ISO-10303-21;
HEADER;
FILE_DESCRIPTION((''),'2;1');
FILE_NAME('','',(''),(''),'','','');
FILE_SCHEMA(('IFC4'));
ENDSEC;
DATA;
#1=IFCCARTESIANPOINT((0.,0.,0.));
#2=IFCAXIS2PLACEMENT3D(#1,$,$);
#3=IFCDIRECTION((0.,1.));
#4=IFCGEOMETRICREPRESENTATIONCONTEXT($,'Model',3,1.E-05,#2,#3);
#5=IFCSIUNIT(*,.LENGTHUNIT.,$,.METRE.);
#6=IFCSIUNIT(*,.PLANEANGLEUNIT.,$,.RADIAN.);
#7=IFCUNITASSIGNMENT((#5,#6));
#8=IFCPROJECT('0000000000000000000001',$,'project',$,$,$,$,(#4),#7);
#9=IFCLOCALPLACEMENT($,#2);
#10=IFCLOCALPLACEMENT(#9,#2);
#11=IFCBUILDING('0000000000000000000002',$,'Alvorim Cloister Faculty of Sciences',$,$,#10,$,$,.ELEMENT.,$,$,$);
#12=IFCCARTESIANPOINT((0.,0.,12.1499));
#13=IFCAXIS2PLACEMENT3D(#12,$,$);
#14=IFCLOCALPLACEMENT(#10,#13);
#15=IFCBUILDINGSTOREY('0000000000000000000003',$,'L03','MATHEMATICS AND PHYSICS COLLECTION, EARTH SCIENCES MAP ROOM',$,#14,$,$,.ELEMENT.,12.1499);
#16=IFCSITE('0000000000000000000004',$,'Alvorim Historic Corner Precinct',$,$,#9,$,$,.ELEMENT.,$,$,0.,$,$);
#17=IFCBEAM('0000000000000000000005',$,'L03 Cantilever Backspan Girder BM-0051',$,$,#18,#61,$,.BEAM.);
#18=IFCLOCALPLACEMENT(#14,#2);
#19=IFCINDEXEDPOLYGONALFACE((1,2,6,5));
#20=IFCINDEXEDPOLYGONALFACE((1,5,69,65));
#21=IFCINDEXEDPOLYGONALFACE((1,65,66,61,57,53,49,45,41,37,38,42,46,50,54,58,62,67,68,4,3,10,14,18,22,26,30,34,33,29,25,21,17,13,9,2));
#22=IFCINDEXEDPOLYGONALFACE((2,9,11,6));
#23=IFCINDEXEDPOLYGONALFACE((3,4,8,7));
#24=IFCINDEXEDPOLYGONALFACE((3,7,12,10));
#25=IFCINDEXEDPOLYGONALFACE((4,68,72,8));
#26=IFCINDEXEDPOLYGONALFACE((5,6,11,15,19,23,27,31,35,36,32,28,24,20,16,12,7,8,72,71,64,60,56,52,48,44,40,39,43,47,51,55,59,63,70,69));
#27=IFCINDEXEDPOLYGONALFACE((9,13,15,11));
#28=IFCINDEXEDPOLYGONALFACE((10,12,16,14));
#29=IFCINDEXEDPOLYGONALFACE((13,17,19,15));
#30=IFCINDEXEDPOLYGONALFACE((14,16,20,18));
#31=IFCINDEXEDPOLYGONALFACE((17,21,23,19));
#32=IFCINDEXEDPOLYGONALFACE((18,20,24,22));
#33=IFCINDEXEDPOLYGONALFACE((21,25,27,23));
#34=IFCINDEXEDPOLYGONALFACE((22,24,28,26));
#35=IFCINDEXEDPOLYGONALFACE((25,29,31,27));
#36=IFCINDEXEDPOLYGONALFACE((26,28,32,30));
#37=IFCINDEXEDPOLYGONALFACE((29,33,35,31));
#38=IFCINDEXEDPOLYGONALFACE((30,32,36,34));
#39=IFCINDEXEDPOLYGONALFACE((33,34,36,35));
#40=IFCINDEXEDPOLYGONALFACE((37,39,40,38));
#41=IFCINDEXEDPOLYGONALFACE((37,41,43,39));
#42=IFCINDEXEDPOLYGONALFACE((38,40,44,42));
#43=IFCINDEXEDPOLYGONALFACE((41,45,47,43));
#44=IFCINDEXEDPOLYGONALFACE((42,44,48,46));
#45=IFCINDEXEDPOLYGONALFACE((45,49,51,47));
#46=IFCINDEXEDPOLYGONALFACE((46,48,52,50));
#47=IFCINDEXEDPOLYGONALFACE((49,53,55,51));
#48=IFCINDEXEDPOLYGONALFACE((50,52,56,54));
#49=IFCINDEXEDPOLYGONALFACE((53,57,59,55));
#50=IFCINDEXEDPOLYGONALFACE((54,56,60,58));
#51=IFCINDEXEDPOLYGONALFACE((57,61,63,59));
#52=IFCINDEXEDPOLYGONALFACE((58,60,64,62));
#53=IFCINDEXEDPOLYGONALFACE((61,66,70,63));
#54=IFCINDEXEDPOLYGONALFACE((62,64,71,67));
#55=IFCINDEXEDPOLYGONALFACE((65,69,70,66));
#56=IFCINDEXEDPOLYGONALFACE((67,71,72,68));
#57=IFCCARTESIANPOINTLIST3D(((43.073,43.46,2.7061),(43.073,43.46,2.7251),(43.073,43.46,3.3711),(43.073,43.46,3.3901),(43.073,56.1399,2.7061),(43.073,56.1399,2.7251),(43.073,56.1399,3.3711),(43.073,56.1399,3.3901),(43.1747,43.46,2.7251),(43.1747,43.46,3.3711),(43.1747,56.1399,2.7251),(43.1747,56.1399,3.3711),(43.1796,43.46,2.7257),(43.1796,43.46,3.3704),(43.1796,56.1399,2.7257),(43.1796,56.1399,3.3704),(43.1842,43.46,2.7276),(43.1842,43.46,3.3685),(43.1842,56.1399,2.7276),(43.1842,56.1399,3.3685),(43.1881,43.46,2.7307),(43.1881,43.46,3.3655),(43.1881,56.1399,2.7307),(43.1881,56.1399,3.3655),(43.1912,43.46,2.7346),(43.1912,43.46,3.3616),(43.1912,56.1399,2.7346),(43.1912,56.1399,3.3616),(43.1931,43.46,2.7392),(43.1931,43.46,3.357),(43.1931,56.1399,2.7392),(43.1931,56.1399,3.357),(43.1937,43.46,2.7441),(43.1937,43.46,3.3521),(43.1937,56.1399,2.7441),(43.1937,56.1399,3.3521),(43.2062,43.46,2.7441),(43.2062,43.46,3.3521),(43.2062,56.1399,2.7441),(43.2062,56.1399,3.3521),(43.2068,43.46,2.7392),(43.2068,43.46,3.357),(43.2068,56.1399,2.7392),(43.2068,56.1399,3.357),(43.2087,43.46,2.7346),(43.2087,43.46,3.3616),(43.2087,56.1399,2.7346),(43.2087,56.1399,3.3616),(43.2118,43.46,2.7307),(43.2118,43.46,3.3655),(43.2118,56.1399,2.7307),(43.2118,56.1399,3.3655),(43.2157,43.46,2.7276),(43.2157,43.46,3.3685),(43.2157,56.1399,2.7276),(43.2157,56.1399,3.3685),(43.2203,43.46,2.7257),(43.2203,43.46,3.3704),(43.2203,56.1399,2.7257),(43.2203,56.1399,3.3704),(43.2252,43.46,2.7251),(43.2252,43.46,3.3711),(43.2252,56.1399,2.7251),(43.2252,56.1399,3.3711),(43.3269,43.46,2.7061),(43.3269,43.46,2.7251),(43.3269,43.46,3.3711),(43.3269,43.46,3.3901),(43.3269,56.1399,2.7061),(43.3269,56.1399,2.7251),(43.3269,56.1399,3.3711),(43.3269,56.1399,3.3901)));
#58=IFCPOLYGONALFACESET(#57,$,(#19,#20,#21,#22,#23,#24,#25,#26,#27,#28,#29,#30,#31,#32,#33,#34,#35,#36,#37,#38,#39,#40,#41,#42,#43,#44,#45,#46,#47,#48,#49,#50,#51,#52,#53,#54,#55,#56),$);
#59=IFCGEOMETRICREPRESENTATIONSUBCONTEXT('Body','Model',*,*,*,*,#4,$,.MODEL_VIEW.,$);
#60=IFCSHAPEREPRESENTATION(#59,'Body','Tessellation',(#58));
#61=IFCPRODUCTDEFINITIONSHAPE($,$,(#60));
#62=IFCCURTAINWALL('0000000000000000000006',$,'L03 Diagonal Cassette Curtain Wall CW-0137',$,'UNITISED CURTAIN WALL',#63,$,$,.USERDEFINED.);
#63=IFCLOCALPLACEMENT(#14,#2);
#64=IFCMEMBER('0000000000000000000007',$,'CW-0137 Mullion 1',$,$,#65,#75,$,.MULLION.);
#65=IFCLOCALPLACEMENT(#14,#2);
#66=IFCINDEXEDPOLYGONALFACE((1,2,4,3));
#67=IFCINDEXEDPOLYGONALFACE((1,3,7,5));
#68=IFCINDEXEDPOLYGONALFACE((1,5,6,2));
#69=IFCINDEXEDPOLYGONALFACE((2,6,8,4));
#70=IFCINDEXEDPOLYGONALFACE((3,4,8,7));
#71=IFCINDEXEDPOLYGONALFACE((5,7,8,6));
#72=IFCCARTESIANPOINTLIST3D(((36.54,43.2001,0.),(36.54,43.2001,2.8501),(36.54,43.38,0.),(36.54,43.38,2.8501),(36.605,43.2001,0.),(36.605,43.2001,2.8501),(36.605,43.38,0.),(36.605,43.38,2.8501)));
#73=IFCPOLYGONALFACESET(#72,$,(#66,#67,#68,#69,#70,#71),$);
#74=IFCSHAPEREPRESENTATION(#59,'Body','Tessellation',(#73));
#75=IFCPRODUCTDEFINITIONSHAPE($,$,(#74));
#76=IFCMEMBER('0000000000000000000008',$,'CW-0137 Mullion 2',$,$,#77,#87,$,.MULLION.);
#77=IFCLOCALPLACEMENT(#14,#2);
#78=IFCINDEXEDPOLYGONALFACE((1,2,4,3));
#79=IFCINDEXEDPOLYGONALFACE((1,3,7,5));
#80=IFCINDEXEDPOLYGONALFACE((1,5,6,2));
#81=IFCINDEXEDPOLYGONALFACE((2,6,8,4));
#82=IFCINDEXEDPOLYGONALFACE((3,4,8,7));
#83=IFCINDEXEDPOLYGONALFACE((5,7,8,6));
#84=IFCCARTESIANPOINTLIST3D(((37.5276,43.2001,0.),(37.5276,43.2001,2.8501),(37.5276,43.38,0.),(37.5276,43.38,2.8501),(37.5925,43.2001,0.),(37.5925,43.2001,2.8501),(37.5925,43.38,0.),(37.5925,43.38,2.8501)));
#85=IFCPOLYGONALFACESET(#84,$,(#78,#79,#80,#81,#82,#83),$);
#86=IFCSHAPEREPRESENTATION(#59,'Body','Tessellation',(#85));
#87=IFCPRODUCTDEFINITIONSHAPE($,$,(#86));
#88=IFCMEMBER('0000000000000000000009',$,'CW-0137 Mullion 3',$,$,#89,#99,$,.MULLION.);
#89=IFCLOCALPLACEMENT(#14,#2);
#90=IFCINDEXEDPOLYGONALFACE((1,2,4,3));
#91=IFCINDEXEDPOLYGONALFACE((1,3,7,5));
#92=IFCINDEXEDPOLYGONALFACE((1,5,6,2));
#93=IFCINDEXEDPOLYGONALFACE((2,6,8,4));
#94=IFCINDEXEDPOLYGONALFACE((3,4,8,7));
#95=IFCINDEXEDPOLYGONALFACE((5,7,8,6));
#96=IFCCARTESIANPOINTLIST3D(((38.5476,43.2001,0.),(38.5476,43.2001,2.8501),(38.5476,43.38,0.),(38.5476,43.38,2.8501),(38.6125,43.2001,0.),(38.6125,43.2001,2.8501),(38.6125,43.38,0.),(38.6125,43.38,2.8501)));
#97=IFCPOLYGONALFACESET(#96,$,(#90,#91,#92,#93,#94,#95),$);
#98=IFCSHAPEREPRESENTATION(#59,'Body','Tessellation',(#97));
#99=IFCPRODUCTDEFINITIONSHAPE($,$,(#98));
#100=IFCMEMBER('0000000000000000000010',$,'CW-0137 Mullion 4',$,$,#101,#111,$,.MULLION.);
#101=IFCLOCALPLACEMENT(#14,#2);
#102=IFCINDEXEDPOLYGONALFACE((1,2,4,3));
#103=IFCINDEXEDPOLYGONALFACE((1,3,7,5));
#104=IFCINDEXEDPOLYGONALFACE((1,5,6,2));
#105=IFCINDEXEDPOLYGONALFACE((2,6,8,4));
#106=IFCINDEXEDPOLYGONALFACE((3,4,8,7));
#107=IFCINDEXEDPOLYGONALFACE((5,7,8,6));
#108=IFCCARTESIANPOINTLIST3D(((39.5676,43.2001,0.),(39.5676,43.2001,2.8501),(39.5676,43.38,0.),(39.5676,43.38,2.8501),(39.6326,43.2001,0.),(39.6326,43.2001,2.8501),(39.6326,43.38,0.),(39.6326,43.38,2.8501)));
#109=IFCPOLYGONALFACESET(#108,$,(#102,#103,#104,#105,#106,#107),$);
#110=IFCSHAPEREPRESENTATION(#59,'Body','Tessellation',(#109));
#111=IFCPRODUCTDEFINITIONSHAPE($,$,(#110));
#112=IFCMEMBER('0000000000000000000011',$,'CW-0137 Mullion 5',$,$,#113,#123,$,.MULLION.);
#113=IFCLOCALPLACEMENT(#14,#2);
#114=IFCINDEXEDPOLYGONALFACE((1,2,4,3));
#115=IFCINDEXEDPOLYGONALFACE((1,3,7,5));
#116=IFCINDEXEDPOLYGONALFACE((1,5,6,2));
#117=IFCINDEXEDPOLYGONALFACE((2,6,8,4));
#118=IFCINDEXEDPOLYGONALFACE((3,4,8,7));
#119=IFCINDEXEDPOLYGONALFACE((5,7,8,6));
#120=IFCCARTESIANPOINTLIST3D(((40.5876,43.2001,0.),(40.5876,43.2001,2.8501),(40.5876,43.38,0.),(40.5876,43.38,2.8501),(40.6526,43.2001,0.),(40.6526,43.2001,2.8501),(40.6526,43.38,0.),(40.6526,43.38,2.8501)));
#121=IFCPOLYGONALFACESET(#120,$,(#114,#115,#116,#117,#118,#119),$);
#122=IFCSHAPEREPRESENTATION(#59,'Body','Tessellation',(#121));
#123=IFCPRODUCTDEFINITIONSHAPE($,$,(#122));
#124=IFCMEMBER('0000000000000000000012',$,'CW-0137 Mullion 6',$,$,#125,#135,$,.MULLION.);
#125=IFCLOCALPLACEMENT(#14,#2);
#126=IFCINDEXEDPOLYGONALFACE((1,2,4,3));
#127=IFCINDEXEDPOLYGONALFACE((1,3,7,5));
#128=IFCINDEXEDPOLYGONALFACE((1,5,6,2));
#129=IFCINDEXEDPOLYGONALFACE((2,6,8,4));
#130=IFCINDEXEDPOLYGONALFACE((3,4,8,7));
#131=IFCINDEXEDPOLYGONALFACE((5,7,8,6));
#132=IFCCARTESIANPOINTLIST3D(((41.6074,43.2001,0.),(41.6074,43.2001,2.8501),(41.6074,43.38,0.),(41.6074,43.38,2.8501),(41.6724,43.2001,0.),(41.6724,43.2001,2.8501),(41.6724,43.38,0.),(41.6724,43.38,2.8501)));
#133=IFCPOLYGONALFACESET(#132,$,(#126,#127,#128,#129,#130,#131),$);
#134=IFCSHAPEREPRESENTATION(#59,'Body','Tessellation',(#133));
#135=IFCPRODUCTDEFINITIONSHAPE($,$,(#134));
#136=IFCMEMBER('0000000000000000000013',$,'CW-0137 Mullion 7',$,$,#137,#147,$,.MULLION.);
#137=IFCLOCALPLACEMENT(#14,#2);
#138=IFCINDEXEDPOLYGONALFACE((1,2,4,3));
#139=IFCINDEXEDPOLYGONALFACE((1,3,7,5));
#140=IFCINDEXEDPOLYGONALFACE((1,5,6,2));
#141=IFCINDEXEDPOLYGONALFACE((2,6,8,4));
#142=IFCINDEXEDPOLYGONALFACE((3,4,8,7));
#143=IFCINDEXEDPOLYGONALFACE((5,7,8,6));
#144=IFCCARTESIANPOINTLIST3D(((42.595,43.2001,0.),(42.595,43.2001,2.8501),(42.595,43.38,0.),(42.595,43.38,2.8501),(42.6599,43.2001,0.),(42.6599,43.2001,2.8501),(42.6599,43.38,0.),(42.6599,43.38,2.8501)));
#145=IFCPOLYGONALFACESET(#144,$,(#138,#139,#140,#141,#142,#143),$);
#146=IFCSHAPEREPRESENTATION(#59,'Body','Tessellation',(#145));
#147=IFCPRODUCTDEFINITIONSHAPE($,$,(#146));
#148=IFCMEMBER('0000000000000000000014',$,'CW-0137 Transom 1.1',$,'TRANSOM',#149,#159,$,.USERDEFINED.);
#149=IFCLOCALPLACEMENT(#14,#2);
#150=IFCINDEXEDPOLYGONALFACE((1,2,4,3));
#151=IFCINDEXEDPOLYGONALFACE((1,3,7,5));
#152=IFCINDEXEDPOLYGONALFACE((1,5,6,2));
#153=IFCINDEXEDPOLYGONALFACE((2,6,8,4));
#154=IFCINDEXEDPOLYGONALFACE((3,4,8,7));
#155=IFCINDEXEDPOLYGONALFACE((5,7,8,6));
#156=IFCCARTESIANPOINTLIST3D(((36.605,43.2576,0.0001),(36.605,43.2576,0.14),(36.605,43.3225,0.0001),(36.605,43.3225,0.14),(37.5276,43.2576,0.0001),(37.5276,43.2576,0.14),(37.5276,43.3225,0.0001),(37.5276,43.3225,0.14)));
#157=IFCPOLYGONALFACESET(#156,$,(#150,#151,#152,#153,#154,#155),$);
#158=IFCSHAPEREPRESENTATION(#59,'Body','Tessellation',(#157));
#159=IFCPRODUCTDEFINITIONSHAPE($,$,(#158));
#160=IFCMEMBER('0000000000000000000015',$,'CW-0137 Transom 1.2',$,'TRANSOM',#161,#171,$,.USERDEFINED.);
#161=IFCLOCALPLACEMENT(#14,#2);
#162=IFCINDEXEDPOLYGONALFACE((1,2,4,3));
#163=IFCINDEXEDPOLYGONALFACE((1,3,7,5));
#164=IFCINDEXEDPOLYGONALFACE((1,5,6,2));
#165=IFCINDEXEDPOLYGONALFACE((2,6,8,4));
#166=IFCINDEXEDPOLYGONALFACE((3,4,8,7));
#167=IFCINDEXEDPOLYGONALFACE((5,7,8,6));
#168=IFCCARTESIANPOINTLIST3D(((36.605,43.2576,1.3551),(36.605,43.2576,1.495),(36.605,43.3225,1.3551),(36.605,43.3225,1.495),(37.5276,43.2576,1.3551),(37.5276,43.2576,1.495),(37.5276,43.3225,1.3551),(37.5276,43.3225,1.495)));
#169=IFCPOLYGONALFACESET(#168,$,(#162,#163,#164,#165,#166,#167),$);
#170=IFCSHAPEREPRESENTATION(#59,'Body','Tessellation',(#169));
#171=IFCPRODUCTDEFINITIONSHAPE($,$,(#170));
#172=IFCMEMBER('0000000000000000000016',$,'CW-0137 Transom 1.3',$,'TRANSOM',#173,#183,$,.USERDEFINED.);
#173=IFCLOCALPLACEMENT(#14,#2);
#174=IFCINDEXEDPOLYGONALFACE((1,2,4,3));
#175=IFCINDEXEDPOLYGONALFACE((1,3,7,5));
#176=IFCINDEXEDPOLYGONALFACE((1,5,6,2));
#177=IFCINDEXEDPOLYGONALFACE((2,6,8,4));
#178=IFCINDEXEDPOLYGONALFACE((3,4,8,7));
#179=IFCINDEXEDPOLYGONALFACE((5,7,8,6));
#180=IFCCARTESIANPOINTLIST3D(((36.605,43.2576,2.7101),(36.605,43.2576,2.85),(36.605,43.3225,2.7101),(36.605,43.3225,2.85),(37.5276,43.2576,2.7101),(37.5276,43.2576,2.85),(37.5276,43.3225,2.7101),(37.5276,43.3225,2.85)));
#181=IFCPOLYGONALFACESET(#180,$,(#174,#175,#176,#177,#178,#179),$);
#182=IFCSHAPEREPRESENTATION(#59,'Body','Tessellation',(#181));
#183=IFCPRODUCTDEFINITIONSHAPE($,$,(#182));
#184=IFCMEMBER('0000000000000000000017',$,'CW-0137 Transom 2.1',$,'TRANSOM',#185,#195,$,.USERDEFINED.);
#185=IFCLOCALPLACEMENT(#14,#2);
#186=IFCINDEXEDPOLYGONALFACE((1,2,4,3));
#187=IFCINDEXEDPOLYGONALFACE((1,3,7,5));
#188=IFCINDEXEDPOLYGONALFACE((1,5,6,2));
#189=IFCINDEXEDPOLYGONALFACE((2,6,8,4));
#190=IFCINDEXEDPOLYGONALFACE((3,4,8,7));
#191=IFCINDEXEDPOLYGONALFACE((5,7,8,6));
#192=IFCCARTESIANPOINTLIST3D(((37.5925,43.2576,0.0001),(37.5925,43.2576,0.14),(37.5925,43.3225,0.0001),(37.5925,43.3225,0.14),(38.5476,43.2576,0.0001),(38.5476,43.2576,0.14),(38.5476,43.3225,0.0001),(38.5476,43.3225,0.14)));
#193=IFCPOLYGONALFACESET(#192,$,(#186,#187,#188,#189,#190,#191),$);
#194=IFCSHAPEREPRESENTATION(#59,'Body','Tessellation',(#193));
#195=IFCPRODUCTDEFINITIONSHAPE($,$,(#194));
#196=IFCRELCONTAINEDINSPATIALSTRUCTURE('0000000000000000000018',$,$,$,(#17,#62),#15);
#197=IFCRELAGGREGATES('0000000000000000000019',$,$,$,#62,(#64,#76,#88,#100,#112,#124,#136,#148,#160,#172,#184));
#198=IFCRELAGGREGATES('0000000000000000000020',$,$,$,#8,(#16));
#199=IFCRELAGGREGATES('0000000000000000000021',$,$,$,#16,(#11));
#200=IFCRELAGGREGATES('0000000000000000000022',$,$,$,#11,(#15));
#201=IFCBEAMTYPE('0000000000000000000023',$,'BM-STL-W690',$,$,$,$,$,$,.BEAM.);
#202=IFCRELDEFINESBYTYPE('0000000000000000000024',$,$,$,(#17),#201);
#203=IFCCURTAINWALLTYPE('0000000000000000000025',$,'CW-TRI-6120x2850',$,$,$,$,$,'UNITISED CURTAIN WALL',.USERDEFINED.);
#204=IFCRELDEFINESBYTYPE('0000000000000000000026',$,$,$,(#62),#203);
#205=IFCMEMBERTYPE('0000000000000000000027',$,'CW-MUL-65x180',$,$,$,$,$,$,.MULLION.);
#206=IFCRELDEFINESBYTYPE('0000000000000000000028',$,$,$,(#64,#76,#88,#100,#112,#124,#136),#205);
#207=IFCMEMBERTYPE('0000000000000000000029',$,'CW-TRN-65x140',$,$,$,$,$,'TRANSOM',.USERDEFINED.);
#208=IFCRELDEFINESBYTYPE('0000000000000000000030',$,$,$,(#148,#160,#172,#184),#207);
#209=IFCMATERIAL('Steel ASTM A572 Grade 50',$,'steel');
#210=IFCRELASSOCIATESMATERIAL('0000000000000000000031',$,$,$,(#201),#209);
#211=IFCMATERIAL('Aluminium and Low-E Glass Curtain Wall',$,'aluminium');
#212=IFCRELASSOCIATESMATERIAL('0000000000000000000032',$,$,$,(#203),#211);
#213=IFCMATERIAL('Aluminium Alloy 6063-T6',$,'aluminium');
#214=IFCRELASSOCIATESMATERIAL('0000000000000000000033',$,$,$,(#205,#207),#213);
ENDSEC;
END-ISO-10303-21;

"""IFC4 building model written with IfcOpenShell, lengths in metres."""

from ifc_helpers import new_model, si_unit, direction, frame, origin, origin_2d, place, context, subcontext, project, spatial, rectangle, i_section, extrude, material, material_profile, profile_set, type_object, element, aggregate, save


model = new_model("IFC4")

# Units and contexts
model_context = context("Model", 3, precision=1e-05, world=origin(), true_north=direction((0.0, 1.0)))
body_context = subcontext(model_context, "Body", "Model", "MODEL_VIEW")
ifc_project = project(units=[si_unit("LENGTHUNIT", "METRE"), si_unit("PLANEANGLEUNIT", "RADIAN")], contexts=[model_context])

# Site, building, storey
site_placement = place(None, origin())
site = spatial("IfcSite", under=ifc_project, at=site_placement, Name="Alvorim Historic Corner Precinct", CompositionType="ELEMENT", RefElevation=0.0)
building_placement = place(site_placement, origin())
building = spatial("IfcBuilding", under=site, at=building_placement, Name="Alvorim Cloister Faculty of Sciences", CompositionType="ELEMENT")
storey_placement = place(building_placement, frame((0.0, 0.0, 12.1499)))
storey = spatial("IfcBuildingStorey", under=building, at=storey_placement, Name="L03", Description="MATHEMATICS AND PHYSICS COLLECTION, EARTH SCIENCES MAP ROOM", CompositionType="ELEMENT", Elevation=12.1499)

# Beam
ifc_material_1 = material(Name="Steel ASTM A572 Grade 50", Category="steel")
ifc_material_profile_1 = material_profile(ifc_material_1, i_section(OverallWidth=0.2539, OverallDepth=0.6841, WebThickness=0.0125, FlangeThickness=0.019, FilletRadius=0.019, at=origin_2d()), Name="W690x140.0")
ifc_profile_set_1 = profile_set([ifc_material_profile_1], Name="Steel ASTM A572 Grade 50")
beam_type = type_object("IfcBeamType", Name="BM-STL-W690", PredefinedType="BEAM", material=ifc_profile_set_1)
beam_placement = place(storey_placement, frame((43.2, 43.46, 3.0481), z_axis=(0.0, 1.0, 0.0), x_axis=(-1.0, 0.0, 0.0)))
element("IfcBeam", 1, at=beam_placement, inside=storey, type_object=beam_type, Name="L03 Cantilever Backspan Girder BM-0051", PredefinedType="BEAM", context=body_context, shape_type="SweptSolid", body=[
    extrude(i_section(OverallWidth=0.2539, OverallDepth=0.6841, WebThickness=0.0125, FlangeThickness=0.019, FilletRadius=0.019, at=origin_2d()), origin(), (0.0, 0.0, 1.0), 12.6799),
])

# Curtain wall, members
ifc_material_2 = material(Name="Aluminium and Low-E Glass Curtain Wall", Category="aluminium")
curtain_wall_type = type_object("IfcCurtainWallType", Name="CW-TRI-6120x2850", ElementType="UNITISED CURTAIN WALL", PredefinedType="USERDEFINED", material=ifc_material_2)
curtain_wall_placement = place(storey_placement, origin())
curtain_wall = element("IfcCurtainWall", 2, at=curtain_wall_placement, inside=storey, type_object=curtain_wall_type, Name="L03 Diagonal Cassette Curtain Wall CW-0137", ObjectType="UNITISED CURTAIN WALL", PredefinedType="USERDEFINED")
ifc_material_3 = material(Name="Aluminium Alloy 6063-T6", Category="aluminium")
ifc_material_profile_2 = material_profile(ifc_material_3, rectangle(XDim=0.0649, YDim=0.1799, at=origin_2d()), Name="ALU-MUL-65x180")
ifc_profile_set_2 = profile_set([ifc_material_profile_2], Name="Aluminium Alloy 6063-T6")
member_type_1 = type_object("IfcMemberType", Name="CW-MUL-65x180", PredefinedType="MULLION", material=ifc_profile_set_2)
member_1_placement = place(storey_placement, frame((36.5725, 43.29, 0.0), z_axis=(0.0, 0.0, 1.0), x_axis=(1.0, 0.0, 0.0)))
member_1 = element("IfcMember", 3, at=member_1_placement, type_object=member_type_1, Name="CW-0137 Mullion 1", PredefinedType="MULLION", context=body_context, shape_type="SweptSolid", body=[
    extrude(rectangle(XDim=0.0649, YDim=0.1799, at=origin_2d()), origin(), (0.0, 0.0, 1.0), 2.8501),
])
member_2_placement = place(storey_placement, frame((37.5601, 43.29, 0.0), z_axis=(0.0, 0.0, 1.0), x_axis=(1.0, 0.0, 0.0)))
member_2 = element("IfcMember", 4, at=member_2_placement, type_object=member_type_1, Name="CW-0137 Mullion 2", PredefinedType="MULLION", context=body_context, shape_type="SweptSolid", body=[
    extrude(rectangle(XDim=0.0649, YDim=0.1799, at=origin_2d()), origin(), (0.0, 0.0, 1.0), 2.8501),
])
member_3_placement = place(storey_placement, frame((38.5801, 43.29, 0.0), z_axis=(0.0, 0.0, 1.0), x_axis=(1.0, 0.0, 0.0)))
member_3 = element("IfcMember", 5, at=member_3_placement, type_object=member_type_1, Name="CW-0137 Mullion 3", PredefinedType="MULLION", context=body_context, shape_type="SweptSolid", body=[
    extrude(rectangle(XDim=0.0649, YDim=0.1799, at=origin_2d()), origin(), (0.0, 0.0, 1.0), 2.8501),
])
member_4_placement = place(storey_placement, frame((39.6001, 43.29, 0.0), z_axis=(0.0, 0.0, 1.0), x_axis=(1.0, 0.0, 0.0)))
member_4 = element("IfcMember", 6, at=member_4_placement, type_object=member_type_1, Name="CW-0137 Mullion 4", PredefinedType="MULLION", context=body_context, shape_type="SweptSolid", body=[
    extrude(rectangle(XDim=0.0649, YDim=0.1799, at=origin_2d()), origin(), (0.0, 0.0, 1.0), 2.8501),
])
member_5_placement = place(storey_placement, frame((40.6201, 43.29, 0.0), z_axis=(0.0, 0.0, 1.0), x_axis=(1.0, 0.0, 0.0)))
member_5 = element("IfcMember", 7, at=member_5_placement, type_object=member_type_1, Name="CW-0137 Mullion 5", PredefinedType="MULLION", context=body_context, shape_type="SweptSolid", body=[
    extrude(rectangle(XDim=0.0649, YDim=0.1799, at=origin_2d()), origin(), (0.0, 0.0, 1.0), 2.8501),
])
member_6_placement = place(storey_placement, frame((41.6399, 43.29, 0.0), z_axis=(0.0, 0.0, 1.0), x_axis=(1.0, 0.0, 0.0)))
member_6 = element("IfcMember", 8, at=member_6_placement, type_object=member_type_1, Name="CW-0137 Mullion 6", PredefinedType="MULLION", context=body_context, shape_type="SweptSolid", body=[
    extrude(rectangle(XDim=0.0649, YDim=0.1799, at=origin_2d()), origin(), (0.0, 0.0, 1.0), 2.8501),
])
member_7_placement = place(storey_placement, frame((42.6274, 43.29, 0.0), z_axis=(0.0, 0.0, 1.0), x_axis=(1.0, 0.0, 0.0)))
member_7 = element("IfcMember", 9, at=member_7_placement, type_object=member_type_1, Name="CW-0137 Mullion 7", PredefinedType="MULLION", context=body_context, shape_type="SweptSolid", body=[
    extrude(rectangle(XDim=0.0649, YDim=0.1799, at=origin_2d()), origin(), (0.0, 0.0, 1.0), 2.8501),
])
ifc_material_profile_3 = material_profile(ifc_material_3, rectangle(XDim=0.0649, YDim=0.1399, at=origin_2d()), Name="ALU-TRN-65x140")
ifc_profile_set_3 = profile_set([ifc_material_profile_3], Name="Aluminium Alloy 6063-T6")
member_type_2 = type_object("IfcMemberType", Name="CW-TRN-65x140", ElementType="TRANSOM", PredefinedType="USERDEFINED", material=ifc_profile_set_3)
member_8_placement = place(storey_placement, frame((36.605, 43.29, 0.0701), z_axis=(1.0, 0.0, 0.0), x_axis=(0.0, 1.0, 0.0)))
member_8 = element("IfcMember", 10, at=member_8_placement, type_object=member_type_2, Name="CW-0137 Transom 1.1", ObjectType="TRANSOM", PredefinedType="USERDEFINED", context=body_context, shape_type="SweptSolid", body=[
    extrude(rectangle(XDim=0.0649, YDim=0.1399, at=origin_2d()), origin(), (0.0, 0.0, 1.0), 0.9226),
])
member_9_placement = place(storey_placement, frame((36.605, 43.29, 1.425), z_axis=(1.0, 0.0, 0.0), x_axis=(0.0, 1.0, 0.0)))
member_9 = element("IfcMember", 11, at=member_9_placement, type_object=member_type_2, Name="CW-0137 Transom 1.2", ObjectType="TRANSOM", PredefinedType="USERDEFINED", context=body_context, shape_type="SweptSolid", body=[
    extrude(rectangle(XDim=0.0649, YDim=0.1399, at=origin_2d()), origin(), (0.0, 0.0, 1.0), 0.9226),
])
member_10_placement = place(storey_placement, frame((36.605, 43.29, 2.78), z_axis=(1.0, 0.0, 0.0), x_axis=(0.0, 1.0, 0.0)))
member_10 = element("IfcMember", 12, at=member_10_placement, type_object=member_type_2, Name="CW-0137 Transom 1.3", ObjectType="TRANSOM", PredefinedType="USERDEFINED", context=body_context, shape_type="SweptSolid", body=[
    extrude(rectangle(XDim=0.0649, YDim=0.1399, at=origin_2d()), origin(), (0.0, 0.0, 1.0), 0.9226),
])
member_11_placement = place(storey_placement, frame((37.5925, 43.29, 0.0701), z_axis=(1.0, 0.0, 0.0), x_axis=(0.0, 1.0, 0.0)))
member_11 = element("IfcMember", 13, at=member_11_placement, type_object=member_type_2, Name="CW-0137 Transom 2.1", ObjectType="TRANSOM", PredefinedType="USERDEFINED", context=body_context, shape_type="SweptSolid", body=[
    extrude(rectangle(XDim=0.0649, YDim=0.1399, at=origin_2d()), origin(), (0.0, 0.0, 1.0), 0.9551),
])
aggregate(curtain_wall, [member_1, member_2, member_3, member_4, member_5, member_6, member_7, member_8, member_9, member_10, member_11])

save(model, "model.ifc")
